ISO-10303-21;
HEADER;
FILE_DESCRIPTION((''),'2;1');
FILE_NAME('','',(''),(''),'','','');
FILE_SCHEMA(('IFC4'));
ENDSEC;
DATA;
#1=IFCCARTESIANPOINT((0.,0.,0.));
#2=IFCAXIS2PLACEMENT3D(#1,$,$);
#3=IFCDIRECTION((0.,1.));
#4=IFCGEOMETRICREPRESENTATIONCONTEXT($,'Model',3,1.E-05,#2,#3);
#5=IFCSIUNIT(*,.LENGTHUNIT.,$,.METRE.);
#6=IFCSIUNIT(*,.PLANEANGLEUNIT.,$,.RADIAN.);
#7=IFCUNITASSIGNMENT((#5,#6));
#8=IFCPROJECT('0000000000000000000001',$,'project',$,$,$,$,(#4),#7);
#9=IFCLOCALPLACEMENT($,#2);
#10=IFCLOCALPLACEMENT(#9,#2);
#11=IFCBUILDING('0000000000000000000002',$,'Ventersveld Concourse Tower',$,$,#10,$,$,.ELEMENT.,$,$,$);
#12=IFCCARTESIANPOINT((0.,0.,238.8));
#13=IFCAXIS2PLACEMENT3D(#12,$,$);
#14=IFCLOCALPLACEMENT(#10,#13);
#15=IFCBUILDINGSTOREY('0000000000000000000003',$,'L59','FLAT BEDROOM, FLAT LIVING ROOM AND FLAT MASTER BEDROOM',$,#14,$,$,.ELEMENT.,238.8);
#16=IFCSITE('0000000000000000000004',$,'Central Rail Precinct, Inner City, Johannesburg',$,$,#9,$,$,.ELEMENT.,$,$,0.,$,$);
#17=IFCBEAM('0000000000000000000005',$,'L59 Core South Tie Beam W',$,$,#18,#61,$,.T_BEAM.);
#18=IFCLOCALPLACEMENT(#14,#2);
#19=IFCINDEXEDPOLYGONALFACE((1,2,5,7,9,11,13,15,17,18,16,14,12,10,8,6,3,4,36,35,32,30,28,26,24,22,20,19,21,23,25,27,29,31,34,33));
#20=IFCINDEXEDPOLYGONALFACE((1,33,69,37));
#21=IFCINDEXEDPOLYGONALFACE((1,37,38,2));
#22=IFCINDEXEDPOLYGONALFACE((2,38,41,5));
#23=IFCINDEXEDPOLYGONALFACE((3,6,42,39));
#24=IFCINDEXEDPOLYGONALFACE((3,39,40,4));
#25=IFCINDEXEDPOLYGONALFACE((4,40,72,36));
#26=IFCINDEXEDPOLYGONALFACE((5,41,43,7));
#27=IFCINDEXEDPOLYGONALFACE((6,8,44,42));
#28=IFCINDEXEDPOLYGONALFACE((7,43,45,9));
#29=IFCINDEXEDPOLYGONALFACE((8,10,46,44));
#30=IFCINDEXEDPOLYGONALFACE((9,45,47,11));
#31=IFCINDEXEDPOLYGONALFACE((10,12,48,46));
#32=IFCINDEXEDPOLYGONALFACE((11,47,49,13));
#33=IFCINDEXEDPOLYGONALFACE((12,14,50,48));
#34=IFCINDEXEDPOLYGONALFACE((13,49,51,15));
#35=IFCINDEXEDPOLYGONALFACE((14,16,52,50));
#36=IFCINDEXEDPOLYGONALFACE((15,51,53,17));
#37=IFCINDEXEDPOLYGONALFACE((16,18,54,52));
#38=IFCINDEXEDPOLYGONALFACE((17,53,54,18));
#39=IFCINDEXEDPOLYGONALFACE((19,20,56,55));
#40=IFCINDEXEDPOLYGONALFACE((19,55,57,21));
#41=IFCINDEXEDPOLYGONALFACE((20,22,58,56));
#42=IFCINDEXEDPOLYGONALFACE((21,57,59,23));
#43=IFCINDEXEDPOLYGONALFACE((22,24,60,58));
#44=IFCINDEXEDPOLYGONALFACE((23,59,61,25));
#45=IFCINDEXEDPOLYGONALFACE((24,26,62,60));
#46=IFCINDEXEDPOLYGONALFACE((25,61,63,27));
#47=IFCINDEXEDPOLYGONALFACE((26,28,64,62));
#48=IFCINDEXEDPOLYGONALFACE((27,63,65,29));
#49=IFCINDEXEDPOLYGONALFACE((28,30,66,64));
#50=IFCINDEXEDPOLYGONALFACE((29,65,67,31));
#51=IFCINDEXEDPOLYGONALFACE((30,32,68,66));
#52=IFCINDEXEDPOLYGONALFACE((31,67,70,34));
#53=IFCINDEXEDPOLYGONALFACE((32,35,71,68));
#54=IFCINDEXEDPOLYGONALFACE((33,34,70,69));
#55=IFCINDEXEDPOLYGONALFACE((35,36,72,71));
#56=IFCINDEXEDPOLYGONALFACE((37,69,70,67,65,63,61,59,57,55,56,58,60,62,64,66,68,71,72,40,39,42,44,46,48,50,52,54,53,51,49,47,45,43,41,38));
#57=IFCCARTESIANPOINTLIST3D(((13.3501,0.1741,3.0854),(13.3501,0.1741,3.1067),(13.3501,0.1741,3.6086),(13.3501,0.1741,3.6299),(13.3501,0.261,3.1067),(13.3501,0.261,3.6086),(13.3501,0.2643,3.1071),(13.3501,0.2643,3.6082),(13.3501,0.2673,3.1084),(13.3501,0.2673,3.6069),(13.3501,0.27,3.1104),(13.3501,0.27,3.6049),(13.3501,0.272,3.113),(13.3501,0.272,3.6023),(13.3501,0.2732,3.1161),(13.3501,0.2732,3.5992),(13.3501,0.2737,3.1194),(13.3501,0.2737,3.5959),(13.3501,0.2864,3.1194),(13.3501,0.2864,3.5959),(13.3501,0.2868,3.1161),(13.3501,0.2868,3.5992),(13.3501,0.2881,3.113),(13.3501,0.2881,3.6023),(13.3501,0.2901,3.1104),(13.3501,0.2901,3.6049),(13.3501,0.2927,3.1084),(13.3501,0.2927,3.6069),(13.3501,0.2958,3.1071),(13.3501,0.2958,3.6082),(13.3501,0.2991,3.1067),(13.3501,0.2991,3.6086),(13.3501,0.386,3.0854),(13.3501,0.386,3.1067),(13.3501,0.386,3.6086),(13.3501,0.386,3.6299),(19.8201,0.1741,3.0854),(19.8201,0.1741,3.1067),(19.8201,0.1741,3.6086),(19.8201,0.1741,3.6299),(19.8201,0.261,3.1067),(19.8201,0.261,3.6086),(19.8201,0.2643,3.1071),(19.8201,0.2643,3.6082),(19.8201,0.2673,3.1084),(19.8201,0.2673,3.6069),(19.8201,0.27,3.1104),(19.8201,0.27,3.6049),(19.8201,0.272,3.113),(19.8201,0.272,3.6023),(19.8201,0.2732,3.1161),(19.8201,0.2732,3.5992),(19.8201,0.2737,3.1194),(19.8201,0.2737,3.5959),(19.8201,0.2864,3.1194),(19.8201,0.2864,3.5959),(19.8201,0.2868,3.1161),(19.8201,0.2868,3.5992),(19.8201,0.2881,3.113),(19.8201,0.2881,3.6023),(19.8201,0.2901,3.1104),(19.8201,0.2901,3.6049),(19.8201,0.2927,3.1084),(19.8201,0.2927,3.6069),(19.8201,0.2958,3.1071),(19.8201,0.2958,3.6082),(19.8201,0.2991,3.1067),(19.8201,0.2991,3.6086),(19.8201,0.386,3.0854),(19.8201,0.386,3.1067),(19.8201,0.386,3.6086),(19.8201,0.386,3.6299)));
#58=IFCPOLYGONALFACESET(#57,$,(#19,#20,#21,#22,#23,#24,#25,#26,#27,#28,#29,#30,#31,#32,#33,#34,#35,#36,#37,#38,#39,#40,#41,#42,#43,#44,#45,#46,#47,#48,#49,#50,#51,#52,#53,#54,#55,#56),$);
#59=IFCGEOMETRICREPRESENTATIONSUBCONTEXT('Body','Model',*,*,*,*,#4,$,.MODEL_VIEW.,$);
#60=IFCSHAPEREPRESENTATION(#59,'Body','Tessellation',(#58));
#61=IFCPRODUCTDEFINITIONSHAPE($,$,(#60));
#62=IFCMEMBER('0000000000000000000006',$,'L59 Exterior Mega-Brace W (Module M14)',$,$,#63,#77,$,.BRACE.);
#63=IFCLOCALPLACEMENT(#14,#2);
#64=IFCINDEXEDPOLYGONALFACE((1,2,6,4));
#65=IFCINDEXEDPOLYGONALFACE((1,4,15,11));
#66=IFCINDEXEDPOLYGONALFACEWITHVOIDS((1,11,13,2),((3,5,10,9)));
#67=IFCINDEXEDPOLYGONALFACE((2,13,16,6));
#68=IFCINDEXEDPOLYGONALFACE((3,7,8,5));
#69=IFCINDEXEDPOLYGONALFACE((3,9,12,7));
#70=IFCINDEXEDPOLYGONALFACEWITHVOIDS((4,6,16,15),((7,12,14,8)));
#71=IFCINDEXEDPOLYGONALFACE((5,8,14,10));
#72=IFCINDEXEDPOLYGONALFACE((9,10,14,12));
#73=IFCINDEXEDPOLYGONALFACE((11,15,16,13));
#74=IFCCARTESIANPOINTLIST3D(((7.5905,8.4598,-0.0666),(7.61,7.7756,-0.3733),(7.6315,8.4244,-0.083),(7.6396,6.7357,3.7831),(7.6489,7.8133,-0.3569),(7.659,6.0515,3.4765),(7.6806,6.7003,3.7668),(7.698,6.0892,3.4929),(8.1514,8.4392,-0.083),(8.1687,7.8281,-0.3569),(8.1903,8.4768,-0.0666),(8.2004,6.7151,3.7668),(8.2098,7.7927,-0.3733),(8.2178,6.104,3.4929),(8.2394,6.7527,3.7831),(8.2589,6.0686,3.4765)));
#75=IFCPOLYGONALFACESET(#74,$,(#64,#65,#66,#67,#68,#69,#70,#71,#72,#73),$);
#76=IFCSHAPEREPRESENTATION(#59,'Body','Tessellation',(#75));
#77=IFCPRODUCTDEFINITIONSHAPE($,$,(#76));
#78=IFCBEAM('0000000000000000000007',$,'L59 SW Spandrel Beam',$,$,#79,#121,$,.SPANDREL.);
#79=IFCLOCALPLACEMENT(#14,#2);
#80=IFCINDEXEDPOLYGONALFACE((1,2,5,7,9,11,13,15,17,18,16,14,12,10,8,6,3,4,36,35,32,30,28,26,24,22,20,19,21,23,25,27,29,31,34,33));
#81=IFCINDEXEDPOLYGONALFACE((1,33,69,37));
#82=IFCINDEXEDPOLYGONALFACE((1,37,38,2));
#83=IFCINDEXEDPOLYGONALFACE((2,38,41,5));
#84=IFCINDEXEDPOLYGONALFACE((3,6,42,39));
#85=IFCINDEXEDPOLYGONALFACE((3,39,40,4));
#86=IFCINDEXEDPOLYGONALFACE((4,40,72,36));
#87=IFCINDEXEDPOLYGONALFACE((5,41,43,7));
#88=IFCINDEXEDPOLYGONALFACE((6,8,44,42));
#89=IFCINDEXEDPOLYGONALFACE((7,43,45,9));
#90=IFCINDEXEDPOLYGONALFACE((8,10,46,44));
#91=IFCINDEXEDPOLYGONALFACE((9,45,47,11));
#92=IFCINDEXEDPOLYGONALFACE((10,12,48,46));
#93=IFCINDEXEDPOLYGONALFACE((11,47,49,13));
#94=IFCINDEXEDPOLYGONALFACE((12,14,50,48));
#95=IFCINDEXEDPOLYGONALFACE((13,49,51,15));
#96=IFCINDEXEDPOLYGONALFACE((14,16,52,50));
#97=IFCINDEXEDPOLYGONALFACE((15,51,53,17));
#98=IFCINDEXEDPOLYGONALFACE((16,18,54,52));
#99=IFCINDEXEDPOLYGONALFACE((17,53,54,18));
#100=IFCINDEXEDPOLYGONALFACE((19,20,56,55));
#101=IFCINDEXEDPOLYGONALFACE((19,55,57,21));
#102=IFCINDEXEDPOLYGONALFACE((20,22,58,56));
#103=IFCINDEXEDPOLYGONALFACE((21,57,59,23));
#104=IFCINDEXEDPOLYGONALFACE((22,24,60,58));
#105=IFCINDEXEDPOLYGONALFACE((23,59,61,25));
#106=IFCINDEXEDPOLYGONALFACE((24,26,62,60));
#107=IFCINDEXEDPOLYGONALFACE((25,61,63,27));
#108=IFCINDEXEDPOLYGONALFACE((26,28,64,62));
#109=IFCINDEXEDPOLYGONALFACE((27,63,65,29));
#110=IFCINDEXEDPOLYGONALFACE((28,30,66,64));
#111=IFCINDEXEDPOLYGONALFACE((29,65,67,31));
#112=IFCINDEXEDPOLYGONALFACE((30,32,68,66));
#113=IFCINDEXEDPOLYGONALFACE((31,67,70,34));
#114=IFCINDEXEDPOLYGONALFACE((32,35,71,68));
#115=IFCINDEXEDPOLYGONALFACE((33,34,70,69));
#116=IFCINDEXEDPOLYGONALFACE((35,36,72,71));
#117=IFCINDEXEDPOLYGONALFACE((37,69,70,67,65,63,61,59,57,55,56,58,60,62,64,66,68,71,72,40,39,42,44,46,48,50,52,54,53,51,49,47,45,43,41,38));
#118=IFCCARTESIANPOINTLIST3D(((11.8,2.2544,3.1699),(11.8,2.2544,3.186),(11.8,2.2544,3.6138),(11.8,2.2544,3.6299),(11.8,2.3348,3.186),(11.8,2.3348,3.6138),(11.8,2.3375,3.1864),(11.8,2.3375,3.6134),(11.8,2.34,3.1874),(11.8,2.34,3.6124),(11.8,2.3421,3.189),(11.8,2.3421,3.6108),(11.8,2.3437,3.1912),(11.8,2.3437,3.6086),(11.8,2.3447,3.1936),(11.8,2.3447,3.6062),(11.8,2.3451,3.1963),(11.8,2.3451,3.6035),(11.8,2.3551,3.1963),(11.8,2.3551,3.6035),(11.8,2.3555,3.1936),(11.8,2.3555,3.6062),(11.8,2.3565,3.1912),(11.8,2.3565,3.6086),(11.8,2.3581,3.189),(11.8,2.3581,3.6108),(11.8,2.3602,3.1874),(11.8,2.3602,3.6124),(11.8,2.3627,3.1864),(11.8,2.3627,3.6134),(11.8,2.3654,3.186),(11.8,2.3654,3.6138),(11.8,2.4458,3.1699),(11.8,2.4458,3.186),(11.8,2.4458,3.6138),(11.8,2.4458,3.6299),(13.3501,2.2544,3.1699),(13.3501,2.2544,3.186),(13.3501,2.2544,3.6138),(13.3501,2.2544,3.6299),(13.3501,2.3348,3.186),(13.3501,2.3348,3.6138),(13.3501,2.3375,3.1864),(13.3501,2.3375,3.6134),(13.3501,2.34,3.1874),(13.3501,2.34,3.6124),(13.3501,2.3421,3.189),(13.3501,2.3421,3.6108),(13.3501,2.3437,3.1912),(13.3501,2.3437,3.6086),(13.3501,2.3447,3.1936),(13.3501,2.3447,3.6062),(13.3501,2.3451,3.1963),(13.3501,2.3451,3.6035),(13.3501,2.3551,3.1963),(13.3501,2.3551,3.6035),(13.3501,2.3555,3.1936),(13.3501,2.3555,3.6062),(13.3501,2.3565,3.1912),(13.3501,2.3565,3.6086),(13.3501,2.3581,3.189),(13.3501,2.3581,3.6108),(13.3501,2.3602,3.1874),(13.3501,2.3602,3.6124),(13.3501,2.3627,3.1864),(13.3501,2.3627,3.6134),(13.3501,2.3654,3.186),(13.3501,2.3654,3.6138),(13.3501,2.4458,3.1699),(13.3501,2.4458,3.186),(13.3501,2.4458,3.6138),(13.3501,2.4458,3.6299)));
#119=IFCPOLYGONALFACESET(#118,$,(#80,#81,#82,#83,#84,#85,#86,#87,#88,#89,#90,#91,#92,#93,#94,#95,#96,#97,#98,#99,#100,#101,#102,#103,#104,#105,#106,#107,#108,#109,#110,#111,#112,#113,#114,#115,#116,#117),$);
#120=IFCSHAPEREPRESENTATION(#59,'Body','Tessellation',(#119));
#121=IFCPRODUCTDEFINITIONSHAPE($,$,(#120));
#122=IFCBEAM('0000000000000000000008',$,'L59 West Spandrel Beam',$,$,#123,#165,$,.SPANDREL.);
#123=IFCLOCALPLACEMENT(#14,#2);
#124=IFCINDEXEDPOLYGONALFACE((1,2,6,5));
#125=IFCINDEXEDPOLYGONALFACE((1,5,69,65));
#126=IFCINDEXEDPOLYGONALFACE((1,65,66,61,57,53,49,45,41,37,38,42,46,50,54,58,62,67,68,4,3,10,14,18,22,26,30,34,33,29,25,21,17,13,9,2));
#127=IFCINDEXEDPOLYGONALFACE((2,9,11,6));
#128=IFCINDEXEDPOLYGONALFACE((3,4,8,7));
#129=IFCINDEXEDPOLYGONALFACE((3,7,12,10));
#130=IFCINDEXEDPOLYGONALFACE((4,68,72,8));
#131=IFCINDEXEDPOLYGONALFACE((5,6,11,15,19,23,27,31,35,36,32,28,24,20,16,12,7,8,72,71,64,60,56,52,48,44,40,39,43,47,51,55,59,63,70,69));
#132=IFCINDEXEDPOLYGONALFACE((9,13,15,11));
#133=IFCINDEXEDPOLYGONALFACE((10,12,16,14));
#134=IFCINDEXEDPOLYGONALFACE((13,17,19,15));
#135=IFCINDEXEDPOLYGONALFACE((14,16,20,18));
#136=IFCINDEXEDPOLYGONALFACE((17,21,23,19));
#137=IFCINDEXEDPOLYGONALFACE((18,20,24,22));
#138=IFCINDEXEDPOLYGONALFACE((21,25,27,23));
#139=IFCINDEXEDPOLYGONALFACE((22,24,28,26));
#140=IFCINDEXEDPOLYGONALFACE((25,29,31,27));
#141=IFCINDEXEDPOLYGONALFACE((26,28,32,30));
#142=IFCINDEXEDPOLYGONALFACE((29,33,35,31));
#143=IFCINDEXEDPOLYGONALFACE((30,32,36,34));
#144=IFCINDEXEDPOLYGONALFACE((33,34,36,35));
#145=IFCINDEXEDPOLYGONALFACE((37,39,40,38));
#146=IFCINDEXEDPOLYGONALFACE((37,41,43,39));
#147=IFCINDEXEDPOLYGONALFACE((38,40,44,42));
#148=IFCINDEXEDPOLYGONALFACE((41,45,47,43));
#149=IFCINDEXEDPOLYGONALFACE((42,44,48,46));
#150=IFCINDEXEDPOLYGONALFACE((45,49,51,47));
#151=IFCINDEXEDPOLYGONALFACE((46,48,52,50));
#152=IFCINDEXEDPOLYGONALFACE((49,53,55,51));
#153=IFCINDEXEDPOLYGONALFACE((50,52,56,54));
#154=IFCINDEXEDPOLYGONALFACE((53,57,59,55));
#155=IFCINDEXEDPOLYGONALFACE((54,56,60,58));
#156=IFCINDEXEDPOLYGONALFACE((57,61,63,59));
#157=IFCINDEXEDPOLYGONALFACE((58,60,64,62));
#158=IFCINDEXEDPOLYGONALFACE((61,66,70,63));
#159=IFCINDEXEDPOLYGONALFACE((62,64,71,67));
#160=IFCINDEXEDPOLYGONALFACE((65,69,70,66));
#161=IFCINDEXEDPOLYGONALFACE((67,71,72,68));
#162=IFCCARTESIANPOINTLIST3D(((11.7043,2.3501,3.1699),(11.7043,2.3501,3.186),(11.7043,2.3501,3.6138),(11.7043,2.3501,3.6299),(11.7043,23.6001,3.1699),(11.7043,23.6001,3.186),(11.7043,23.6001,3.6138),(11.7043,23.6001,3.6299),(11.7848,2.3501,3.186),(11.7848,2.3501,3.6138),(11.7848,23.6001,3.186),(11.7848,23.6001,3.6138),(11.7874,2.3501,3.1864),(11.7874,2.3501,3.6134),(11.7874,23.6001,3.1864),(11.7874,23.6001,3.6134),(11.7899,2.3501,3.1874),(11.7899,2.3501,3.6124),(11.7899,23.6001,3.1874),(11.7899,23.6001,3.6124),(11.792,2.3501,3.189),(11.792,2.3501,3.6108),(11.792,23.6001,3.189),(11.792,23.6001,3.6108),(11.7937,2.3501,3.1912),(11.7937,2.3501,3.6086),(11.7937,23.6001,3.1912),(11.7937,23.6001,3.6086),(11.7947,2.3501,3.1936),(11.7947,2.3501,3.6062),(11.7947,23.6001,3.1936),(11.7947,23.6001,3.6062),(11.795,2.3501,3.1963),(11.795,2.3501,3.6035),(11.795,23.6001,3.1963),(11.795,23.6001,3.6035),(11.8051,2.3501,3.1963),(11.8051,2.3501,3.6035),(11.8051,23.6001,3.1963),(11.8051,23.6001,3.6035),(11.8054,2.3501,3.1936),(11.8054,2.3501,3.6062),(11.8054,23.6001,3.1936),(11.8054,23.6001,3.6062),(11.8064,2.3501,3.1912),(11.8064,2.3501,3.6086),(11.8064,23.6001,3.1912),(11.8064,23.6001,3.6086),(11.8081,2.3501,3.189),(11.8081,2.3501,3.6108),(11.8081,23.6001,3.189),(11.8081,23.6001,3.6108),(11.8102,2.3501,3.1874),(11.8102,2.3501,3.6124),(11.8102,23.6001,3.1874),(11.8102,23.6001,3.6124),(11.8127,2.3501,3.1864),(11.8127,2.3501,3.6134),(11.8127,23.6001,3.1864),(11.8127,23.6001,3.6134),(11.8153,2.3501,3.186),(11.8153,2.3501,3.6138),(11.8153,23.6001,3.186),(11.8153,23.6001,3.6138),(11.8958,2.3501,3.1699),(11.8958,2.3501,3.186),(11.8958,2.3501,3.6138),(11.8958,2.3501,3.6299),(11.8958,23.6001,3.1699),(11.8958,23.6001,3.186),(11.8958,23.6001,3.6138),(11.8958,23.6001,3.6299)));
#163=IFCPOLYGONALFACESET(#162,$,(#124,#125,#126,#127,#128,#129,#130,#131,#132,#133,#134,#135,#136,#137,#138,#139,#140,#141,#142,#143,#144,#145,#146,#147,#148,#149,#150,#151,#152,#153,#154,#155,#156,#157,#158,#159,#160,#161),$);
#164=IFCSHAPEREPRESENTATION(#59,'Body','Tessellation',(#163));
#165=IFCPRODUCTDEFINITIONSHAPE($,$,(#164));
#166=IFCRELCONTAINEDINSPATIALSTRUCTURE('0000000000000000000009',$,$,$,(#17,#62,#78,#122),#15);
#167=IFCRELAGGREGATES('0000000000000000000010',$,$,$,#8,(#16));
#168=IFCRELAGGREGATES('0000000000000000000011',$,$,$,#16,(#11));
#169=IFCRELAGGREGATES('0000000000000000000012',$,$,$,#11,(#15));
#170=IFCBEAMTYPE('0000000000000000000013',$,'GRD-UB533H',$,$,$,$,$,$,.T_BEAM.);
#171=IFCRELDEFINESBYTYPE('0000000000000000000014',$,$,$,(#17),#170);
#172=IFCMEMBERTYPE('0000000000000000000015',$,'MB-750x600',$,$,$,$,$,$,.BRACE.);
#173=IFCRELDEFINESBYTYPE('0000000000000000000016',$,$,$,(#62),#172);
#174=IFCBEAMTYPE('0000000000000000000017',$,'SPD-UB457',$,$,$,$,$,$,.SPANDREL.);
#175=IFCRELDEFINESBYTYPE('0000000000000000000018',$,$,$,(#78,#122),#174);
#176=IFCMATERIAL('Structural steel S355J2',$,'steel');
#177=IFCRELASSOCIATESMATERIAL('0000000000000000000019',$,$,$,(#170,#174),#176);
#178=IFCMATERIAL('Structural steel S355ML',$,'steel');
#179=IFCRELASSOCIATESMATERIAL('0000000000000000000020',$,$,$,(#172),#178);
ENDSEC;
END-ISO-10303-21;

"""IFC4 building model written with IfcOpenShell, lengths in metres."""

from ifc_helpers import new_model, si_unit, direction, frame, origin, origin_2d, place, context, subcontext, project, spatial, hollow_rectangle, i_section, extrude, material, material_profile, profile_set, type_object, element, save


model = new_model("IFC4")

# Units and contexts
model_context = context("Model", 3, precision=1e-05, world=origin(), true_north=direction((0.0, 1.0)))
body_context = subcontext(model_context, "Body", "Model", "MODEL_VIEW")
ifc_project = project(units=[si_unit("LENGTHUNIT", "METRE"), si_unit("PLANEANGLEUNIT", "RADIAN")], contexts=[model_context])

# Site, building, storey
site_placement = place(None, origin())
site = spatial("IfcSite", under=ifc_project, at=site_placement, Name="Central Rail Precinct, Inner City, Johannesburg", CompositionType="ELEMENT", RefElevation=0.0)
building_placement = place(site_placement, origin())
building = spatial("IfcBuilding", under=site, at=building_placement, Name="Ventersveld Concourse Tower", CompositionType="ELEMENT")
storey_placement = place(building_placement, frame((0.0, 0.0, 238.8)))
storey = spatial("IfcBuildingStorey", under=building, at=storey_placement, Name="L59", Description="FLAT BEDROOM, FLAT LIVING ROOM AND FLAT MASTER BEDROOM", CompositionType="ELEMENT", Elevation=238.8)

# Beam
ifc_material_1 = material(Name="Structural steel S355J2", Category="steel")
ifc_material_profile_1 = material_profile(ifc_material_1, i_section(OverallWidth=0.2119, OverallDepth=0.5444, WebThickness=0.0127, FlangeThickness=0.0212, FilletRadius=0.0127, at=origin_2d()), Name="UB 533x210x122")
ifc_profile_set_1 = profile_set([ifc_material_profile_1], Name="Structural steel S355J2")
beam_type_1 = type_object("IfcBeamType", Name="GRD-UB533H", PredefinedType="T_BEAM", material=ifc_profile_set_1)
beam_1_placement = place(storey_placement, frame((13.3501, 0.28, 3.3577), z_axis=(1.0, 0.0, 0.0), x_axis=(0.0, 1.0, 0.0)))
element("IfcBeam", 1, at=beam_1_placement, inside=storey, type_object=beam_type_1, Name="L59 Core South Tie Beam W", PredefinedType="T_BEAM", context=body_context, shape_type="SweptSolid", body=[
    extrude(i_section(OverallWidth=0.2119, OverallDepth=0.5444, WebThickness=0.0127, FlangeThickness=0.0212, FilletRadius=0.0127, at=origin_2d()), origin(), (0.0, 0.0, 1.0), 6.47),
])

# Member
ifc_material_2 = material(Name="Structural steel S355ML", Category="steel")
ifc_material_profile_2 = material_profile(ifc_material_2, hollow_rectangle(XDim=0.6001, YDim=0.75, WallThickness=0.04, at=origin_2d()), Name="BOX 750x600x40")
ifc_profile_set_2 = profile_set([ifc_material_profile_2], Name="Structural steel S355ML")
member_type = type_object("IfcMemberType", Name="MB-750x600", PredefinedType="BRACE", material=ifc_profile_set_2)
member_placement = place(storey_placement, frame((7.9001, 8.1262, -0.22), z_axis=(0.011632, -0.408698, 0.912596), x_axis=(0.999595, 0.028451, 0.0)))
element("IfcMember", 2, at=member_placement, inside=storey, type_object=member_type, Name="L59 Exterior Mega-Brace W (Module M14)", PredefinedType="BRACE", context=body_context, shape_type="SweptSolid", body=[
    extrude(hollow_rectangle(XDim=0.6001, YDim=0.75, WallThickness=0.04, at=origin_2d()), origin(), (0.0, 0.0, 1.0), 4.2185),
])

# Beams
ifc_material_profile_3 = material_profile(ifc_material_1, i_section(OverallWidth=0.1914, OverallDepth=0.46, WebThickness=0.01, FlangeThickness=0.0161, FilletRadius=0.0103, at=origin_2d()), Name="UB 457x191x82")
ifc_profile_set_3 = profile_set([ifc_material_profile_3], Name="Structural steel S355J2")
beam_type_2 = type_object("IfcBeamType", Name="SPD-UB457", PredefinedType="SPANDREL", material=ifc_profile_set_3)
beam_2_placement = place(storey_placement, frame((11.8, 2.3501, 3.3999), z_axis=(1.0, 0.0, 0.0), x_axis=(0.0, 1.0, 0.0)))
element("IfcBeam", 3, at=beam_2_placement, inside=storey, type_object=beam_type_2, Name="L59 SW Spandrel Beam", PredefinedType="SPANDREL", context=body_context, shape_type="SweptSolid", body=[
    extrude(i_section(OverallWidth=0.1914, OverallDepth=0.46, WebThickness=0.01, FlangeThickness=0.0161, FilletRadius=0.0103, at=origin_2d()), origin(), (0.0, 0.0, 1.0), 1.55),
])
beam_3_placement = place(storey_placement, frame((11.8, 2.3501, 3.3999), z_axis=(0.0, 1.0, 0.0), x_axis=(-1.0, 0.0, 0.0)))
element("IfcBeam", 4, at=beam_3_placement, inside=storey, type_object=beam_type_2, Name="L59 West Spandrel Beam", PredefinedType="SPANDREL", context=body_context, shape_type="SweptSolid", body=[
    extrude(i_section(OverallWidth=0.1914, OverallDepth=0.46, WebThickness=0.01, FlangeThickness=0.0161, FilletRadius=0.0103, at=origin_2d()), origin(), (0.0, 0.0, 1.0), 21.25),
])

save(model, "model.ifc")
